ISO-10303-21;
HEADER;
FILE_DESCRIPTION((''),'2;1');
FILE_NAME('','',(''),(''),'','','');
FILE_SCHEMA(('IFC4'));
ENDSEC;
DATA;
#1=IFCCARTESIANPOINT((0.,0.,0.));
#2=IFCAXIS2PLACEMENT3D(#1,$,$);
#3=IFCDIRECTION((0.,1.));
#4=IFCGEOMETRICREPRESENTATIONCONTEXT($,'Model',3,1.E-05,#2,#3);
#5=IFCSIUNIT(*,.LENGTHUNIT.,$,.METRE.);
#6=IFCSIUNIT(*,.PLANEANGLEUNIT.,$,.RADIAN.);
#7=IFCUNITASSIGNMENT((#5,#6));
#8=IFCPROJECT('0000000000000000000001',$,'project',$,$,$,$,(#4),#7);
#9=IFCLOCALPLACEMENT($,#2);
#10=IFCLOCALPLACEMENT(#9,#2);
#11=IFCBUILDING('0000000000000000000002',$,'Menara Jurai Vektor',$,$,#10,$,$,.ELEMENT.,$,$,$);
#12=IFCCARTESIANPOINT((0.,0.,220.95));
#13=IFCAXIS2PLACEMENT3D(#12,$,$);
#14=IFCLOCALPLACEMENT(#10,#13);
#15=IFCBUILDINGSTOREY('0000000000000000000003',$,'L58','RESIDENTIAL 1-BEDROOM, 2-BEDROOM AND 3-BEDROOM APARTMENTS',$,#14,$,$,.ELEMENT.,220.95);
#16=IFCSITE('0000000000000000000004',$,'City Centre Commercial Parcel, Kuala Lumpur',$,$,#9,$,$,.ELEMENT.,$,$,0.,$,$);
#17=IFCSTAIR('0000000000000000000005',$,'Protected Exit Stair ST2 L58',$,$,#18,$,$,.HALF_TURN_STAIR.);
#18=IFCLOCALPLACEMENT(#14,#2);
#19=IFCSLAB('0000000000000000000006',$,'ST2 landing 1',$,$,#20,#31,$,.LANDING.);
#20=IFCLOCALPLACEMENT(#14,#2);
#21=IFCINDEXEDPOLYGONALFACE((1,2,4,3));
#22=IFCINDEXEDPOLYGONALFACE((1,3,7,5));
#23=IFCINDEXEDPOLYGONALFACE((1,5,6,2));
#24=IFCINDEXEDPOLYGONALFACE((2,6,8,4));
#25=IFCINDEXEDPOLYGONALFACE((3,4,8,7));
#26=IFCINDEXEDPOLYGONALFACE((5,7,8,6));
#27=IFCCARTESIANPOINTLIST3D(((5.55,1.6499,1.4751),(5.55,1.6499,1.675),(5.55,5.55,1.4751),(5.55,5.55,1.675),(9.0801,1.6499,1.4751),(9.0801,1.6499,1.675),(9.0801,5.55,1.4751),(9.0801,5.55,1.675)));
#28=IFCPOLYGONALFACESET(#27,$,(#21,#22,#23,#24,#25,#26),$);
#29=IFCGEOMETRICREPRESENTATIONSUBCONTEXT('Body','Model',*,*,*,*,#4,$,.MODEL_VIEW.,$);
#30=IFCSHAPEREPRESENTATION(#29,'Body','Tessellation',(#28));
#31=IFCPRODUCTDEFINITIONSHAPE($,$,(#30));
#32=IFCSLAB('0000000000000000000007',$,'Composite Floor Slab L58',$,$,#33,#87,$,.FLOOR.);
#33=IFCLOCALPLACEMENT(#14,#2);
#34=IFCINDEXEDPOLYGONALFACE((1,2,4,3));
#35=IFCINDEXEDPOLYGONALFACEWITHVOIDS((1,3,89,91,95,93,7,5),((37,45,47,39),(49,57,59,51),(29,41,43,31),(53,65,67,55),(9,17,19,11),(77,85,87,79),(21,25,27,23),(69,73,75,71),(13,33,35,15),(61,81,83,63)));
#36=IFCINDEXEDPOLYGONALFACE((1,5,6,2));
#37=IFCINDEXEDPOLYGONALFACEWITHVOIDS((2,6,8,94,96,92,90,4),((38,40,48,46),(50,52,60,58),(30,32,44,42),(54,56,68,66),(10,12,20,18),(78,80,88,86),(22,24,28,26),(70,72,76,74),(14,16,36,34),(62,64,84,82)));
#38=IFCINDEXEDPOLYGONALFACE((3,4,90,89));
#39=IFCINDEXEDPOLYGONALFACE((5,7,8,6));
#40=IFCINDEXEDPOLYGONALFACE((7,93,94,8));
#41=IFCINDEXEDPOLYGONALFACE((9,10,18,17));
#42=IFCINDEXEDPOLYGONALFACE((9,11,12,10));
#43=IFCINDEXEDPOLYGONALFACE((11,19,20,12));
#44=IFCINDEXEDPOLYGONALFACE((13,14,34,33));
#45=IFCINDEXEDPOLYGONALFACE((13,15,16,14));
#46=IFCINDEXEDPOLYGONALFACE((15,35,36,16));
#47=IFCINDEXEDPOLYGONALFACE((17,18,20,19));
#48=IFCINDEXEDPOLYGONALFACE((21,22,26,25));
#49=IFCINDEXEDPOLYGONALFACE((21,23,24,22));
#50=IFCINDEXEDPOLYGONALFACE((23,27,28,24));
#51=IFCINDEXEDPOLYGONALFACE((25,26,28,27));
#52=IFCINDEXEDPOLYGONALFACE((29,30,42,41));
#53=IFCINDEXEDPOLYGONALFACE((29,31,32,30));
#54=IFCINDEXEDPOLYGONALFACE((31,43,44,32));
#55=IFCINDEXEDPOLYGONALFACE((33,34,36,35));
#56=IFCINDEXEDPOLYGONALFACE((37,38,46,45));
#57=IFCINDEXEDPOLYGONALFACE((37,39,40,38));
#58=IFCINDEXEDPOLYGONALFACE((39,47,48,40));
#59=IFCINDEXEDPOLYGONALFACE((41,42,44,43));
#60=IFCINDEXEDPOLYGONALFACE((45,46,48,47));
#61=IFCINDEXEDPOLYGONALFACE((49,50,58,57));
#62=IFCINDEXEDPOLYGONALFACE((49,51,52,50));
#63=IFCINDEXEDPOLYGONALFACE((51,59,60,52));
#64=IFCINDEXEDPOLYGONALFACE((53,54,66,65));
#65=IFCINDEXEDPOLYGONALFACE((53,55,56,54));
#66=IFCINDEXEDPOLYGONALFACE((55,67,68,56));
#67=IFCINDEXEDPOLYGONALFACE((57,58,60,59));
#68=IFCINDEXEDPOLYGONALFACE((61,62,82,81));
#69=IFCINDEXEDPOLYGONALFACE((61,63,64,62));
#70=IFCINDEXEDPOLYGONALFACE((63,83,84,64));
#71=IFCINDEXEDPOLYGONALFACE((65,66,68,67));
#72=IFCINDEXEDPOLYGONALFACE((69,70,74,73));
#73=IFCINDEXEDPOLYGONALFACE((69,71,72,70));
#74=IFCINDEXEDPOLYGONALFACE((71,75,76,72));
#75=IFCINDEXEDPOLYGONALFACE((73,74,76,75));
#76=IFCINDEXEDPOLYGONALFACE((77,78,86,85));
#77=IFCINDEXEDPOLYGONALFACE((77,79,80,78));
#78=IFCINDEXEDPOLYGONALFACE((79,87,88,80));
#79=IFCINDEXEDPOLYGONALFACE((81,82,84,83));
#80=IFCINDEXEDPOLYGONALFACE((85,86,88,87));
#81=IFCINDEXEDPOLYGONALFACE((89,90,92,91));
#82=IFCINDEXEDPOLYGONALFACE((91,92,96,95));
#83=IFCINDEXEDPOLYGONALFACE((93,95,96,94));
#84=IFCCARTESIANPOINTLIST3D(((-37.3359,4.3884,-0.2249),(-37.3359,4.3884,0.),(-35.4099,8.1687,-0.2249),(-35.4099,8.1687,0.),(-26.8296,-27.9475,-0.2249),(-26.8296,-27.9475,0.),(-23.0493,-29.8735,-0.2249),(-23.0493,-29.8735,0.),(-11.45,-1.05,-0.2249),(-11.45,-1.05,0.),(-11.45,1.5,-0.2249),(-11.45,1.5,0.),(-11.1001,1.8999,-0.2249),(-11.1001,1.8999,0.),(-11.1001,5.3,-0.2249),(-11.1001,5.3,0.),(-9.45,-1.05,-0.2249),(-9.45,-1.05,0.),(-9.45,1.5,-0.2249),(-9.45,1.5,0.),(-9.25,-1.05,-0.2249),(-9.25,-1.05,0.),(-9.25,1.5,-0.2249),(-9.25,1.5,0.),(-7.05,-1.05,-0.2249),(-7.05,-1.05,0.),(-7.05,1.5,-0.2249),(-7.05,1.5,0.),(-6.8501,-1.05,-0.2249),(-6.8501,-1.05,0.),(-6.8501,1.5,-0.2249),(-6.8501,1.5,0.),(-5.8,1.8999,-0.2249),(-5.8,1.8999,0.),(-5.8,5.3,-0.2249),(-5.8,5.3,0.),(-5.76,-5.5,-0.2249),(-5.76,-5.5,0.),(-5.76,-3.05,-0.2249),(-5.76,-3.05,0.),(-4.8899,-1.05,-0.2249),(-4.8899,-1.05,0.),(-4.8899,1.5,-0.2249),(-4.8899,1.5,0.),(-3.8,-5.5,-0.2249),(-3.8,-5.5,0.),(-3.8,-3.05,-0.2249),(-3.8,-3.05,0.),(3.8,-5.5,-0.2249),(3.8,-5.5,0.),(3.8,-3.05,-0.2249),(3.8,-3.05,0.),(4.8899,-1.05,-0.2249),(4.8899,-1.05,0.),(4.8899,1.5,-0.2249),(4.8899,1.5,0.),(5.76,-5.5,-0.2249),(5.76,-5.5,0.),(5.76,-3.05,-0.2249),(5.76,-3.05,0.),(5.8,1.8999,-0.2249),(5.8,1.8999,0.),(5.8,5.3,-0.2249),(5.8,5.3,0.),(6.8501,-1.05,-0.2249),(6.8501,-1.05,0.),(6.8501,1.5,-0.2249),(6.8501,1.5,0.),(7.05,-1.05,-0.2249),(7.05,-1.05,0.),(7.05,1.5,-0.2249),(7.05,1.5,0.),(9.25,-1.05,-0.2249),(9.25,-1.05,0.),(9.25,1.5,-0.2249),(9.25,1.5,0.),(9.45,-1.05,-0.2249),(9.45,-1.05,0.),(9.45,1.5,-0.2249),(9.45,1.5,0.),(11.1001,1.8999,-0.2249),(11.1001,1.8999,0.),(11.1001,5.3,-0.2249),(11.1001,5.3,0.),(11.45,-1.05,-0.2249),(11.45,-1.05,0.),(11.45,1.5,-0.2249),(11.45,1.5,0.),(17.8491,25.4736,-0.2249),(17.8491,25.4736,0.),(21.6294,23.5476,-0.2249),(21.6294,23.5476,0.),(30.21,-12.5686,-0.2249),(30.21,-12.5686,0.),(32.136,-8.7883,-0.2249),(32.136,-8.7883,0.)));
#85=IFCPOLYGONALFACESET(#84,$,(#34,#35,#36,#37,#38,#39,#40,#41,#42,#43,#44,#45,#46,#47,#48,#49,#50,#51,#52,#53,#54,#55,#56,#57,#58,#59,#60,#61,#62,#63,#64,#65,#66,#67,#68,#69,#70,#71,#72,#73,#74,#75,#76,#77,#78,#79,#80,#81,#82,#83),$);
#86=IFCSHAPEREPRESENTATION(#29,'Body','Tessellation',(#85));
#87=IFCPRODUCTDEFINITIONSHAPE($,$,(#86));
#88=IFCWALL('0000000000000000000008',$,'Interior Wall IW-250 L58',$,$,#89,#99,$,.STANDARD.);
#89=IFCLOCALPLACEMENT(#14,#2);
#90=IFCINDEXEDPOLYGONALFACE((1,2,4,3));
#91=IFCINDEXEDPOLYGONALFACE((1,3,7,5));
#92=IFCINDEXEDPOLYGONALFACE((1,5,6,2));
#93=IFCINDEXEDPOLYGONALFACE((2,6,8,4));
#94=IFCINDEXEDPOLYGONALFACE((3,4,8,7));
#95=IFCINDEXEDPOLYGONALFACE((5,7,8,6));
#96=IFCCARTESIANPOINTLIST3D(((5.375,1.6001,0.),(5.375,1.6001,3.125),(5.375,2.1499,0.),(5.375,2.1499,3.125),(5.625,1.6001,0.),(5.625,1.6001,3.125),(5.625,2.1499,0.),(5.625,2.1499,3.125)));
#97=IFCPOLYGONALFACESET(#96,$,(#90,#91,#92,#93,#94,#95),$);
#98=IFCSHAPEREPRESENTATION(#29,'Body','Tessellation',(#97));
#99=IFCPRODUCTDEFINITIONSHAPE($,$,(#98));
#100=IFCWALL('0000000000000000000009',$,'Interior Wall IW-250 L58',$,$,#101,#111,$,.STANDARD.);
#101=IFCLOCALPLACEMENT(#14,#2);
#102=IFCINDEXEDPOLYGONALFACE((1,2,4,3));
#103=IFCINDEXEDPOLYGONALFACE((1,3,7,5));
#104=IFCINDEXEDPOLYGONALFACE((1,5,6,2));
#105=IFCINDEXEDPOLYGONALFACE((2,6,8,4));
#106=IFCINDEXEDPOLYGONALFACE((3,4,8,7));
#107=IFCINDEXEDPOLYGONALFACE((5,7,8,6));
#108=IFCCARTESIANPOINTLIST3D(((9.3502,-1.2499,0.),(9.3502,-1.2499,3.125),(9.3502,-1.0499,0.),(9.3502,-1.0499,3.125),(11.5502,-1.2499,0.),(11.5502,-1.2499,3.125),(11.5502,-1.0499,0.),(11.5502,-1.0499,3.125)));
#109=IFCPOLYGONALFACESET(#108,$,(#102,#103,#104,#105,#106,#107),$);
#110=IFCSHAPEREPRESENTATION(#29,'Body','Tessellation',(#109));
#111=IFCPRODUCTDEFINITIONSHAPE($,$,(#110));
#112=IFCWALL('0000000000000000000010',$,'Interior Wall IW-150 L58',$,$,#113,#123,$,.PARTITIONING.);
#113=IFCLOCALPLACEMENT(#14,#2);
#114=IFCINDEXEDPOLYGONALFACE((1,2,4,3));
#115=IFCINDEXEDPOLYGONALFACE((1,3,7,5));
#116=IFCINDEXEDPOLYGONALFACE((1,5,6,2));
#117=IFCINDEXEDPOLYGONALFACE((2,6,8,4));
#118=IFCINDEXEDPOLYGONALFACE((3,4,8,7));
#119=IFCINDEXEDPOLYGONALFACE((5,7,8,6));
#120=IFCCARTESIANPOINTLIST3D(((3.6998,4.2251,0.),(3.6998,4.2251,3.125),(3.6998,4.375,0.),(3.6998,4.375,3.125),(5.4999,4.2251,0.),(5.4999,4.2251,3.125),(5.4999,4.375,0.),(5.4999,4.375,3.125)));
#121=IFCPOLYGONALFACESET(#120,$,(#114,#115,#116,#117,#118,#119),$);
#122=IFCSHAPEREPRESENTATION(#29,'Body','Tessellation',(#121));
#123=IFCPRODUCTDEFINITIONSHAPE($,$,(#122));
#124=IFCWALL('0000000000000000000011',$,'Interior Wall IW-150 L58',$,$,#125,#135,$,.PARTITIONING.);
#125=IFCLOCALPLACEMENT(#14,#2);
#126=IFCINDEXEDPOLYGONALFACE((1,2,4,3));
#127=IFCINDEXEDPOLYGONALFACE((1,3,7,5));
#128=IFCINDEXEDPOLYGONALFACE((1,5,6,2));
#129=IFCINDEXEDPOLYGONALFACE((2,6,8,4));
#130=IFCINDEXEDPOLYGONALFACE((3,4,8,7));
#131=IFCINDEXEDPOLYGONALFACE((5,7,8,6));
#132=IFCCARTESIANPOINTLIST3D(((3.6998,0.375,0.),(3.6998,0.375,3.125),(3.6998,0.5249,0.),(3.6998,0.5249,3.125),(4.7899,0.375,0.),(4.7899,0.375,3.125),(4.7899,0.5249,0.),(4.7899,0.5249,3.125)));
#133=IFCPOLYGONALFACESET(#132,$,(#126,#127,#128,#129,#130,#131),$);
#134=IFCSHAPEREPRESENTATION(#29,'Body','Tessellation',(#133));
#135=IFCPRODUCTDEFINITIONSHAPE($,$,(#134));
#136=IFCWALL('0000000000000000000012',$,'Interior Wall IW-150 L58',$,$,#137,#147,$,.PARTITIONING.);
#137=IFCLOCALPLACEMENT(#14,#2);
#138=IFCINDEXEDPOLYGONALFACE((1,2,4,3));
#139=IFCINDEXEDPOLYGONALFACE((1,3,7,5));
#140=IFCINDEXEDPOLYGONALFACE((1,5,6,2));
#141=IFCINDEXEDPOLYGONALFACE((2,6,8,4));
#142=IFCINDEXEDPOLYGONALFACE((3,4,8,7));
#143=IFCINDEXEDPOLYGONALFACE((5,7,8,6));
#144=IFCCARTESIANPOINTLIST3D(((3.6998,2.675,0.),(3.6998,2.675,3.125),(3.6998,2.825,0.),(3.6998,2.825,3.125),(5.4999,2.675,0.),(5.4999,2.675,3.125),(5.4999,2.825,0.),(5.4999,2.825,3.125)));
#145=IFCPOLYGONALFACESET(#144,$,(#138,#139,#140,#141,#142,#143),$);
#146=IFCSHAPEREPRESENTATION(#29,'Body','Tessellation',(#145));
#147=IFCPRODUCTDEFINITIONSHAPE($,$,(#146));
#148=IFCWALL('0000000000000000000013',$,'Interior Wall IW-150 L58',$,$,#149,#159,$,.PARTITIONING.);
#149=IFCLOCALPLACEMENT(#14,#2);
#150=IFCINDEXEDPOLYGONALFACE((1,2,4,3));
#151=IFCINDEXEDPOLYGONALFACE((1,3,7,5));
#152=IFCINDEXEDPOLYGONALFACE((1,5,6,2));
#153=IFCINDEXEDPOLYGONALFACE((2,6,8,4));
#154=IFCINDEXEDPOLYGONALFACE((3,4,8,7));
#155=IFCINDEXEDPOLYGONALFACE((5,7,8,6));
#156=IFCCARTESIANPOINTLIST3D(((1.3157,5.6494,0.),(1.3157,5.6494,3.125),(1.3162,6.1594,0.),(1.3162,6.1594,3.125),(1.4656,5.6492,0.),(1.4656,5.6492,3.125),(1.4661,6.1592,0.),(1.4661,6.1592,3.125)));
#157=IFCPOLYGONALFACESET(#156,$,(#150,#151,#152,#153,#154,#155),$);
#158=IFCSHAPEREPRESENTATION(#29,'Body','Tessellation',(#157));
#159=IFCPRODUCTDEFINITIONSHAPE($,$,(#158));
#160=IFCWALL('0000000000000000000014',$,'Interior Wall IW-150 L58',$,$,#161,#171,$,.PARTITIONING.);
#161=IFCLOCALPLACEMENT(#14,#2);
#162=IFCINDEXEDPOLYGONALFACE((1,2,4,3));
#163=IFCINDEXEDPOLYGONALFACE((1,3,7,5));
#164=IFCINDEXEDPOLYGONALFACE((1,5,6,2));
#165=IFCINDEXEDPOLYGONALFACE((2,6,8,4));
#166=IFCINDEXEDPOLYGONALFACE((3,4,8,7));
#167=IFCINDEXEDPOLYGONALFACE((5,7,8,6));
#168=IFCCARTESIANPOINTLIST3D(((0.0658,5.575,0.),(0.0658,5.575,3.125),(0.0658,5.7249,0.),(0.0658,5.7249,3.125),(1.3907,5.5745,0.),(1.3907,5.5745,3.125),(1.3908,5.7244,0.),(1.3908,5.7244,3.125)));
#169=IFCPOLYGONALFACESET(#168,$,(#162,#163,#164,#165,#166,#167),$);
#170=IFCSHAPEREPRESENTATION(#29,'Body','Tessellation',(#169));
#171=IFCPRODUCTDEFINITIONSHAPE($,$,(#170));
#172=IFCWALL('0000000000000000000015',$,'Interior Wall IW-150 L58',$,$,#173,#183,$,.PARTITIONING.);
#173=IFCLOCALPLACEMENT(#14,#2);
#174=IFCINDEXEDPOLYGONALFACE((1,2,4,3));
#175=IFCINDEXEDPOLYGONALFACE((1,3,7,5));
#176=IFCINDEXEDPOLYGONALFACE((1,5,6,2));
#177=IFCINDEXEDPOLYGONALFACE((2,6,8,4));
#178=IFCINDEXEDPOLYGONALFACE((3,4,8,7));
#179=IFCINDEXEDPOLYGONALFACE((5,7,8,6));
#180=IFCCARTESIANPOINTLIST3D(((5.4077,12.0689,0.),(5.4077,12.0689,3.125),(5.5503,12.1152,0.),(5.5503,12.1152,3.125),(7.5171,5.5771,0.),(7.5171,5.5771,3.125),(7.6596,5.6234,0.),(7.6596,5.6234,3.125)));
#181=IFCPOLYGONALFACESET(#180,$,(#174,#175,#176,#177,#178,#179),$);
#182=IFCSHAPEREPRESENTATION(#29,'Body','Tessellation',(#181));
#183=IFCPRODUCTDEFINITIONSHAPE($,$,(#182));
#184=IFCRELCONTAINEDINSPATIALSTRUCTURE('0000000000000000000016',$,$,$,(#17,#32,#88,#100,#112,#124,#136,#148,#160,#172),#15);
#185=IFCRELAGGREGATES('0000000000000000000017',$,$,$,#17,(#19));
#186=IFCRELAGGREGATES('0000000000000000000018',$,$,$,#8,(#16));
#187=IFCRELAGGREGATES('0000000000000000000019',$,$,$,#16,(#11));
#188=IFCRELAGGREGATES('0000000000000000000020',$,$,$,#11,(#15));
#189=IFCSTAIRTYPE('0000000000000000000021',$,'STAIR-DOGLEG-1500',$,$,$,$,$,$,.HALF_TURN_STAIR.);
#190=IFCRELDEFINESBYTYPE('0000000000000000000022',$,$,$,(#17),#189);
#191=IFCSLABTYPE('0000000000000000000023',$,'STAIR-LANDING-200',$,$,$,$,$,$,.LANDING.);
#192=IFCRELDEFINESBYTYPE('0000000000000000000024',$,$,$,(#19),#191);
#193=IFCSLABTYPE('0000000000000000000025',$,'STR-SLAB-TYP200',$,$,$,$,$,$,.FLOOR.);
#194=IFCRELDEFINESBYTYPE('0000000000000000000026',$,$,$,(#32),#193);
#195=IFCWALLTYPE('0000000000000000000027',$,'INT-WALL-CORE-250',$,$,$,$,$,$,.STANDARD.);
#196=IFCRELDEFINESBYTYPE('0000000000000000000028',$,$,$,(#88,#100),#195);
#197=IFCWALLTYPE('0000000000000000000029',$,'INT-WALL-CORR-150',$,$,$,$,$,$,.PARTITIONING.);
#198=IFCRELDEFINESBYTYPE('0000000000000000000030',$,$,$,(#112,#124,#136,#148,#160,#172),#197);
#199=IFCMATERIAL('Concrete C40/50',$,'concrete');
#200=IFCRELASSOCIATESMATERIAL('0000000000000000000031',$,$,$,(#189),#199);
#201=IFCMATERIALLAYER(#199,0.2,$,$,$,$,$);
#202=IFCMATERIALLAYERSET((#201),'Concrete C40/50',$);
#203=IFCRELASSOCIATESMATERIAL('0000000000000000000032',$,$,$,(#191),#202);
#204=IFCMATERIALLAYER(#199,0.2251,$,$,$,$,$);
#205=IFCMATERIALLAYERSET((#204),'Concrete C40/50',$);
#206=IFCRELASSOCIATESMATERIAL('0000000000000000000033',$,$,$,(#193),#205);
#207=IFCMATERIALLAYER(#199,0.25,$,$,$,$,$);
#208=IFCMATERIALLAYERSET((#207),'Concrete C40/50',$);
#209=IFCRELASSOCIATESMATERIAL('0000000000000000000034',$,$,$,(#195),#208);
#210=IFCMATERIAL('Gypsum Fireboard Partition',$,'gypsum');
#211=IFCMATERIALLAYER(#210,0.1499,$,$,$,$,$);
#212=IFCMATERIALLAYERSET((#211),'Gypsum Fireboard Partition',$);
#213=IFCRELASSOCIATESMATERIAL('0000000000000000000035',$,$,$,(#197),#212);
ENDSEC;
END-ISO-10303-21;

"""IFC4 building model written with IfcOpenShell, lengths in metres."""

from ifc_helpers import new_model, si_unit, direction, frame, frame_2d, origin, place, context, subcontext, project, spatial, polyline, rectangle, outline, extrude, material, layer, layer_set, type_object, element, aggregate, save


model = new_model("IFC4")

# Units and contexts
model_context = context("Model", 3, precision=1e-05, world=origin(), true_north=direction((0.0, 1.0)))
body_context = subcontext(model_context, "Body", "Model", "MODEL_VIEW")
ifc_project = project(units=[si_unit("LENGTHUNIT", "METRE"), si_unit("PLANEANGLEUNIT", "RADIAN")], contexts=[model_context])

# Site, building, storey
site_placement = place(None, origin())
site = spatial("IfcSite", under=ifc_project, at=site_placement, Name="City Centre Commercial Parcel, Kuala Lumpur", CompositionType="ELEMENT", RefElevation=0.0)
building_placement = place(site_placement, origin())
building = spatial("IfcBuilding", under=site, at=building_placement, Name="Menara Jurai Vektor", CompositionType="ELEMENT")
storey_placement = place(building_placement, frame((0.0, 0.0, 220.95)))
storey = spatial("IfcBuildingStorey", under=building, at=storey_placement, Name="L58", Description="RESIDENTIAL 1-BEDROOM, 2-BEDROOM AND 3-BEDROOM APARTMENTS", CompositionType="ELEMENT", Elevation=220.95)

# Stair, slab
ifc_material_1 = material(Name="Concrete C40/50", Category="concrete")
stair_type = type_object("IfcStairType", Name="STAIR-DOGLEG-1500", PredefinedType="HALF_TURN_STAIR", material=ifc_material_1)
ifc_layer_1 = layer(ifc_material_1, 0.2)
ifc_layer_set_1 = layer_set([ifc_layer_1], Name="Concrete C40/50")
slab_type_1 = type_object("IfcSlabType", Name="STAIR-LANDING-200", PredefinedType="LANDING", material=ifc_layer_set_1)
stair_1_placement = place(storey_placement, origin())
stair_1 = element("IfcStair", 1, at=stair_1_placement, inside=storey, type_object=stair_type, Name="Protected Exit Stair ST2 L58", PredefinedType="HALF_TURN_STAIR")
slab_1_placement = place(storey_placement, frame((0.0, 0.0, 1.4751)))
slab_1 = element("IfcSlab", 2, at=slab_1_placement, type_object=slab_type_1, Name="ST2 landing 1", PredefinedType="LANDING", context=body_context, shape_type="SweptSolid", body=[
    extrude(outline(polyline([(5.55, 1.6499), (9.0801, 1.6499), (9.0801, 5.55), (5.55, 5.55), (5.55, 1.6499)])), origin(), (0.0, 0.0, 1.0), 0.2),
])

# Slab
ifc_layer_2 = layer(ifc_material_1, 0.2251)
ifc_layer_set_2 = layer_set([ifc_layer_2], Name="Concrete C40/50")
slab_type_2 = type_object("IfcSlabType", Name="STR-SLAB-TYP200", PredefinedType="FLOOR", material=ifc_layer_set_2)
slab_2_placement = place(storey_placement, frame((0.0, 0.0, -0.2249)))
element("IfcSlab", 3, at=slab_2_placement, inside=storey, type_object=slab_type_2, Name="Composite Floor Slab L58", PredefinedType="FLOOR", context=body_context, shape_type="SweptSolid", body=[
    extrude(outline(polyline([(-23.0493, -29.8735), (30.21, -12.5686), (32.136, -8.7883), (21.6294, 23.5476), (17.8491, 25.4736), (-35.4099, 8.1687), (-37.3359, 4.3884), (-26.8296, -27.9475), (-23.0493, -29.8735)]), holes=[polyline([(-11.1001, 1.8999), (-11.1001, 5.3), (-5.8, 5.3), (-5.8, 1.8999), (-11.1001, 1.8999)]), polyline([(5.8, 1.8999), (5.8, 5.3), (11.1001, 5.3), (11.1001, 1.8999), (5.8, 1.8999)]), polyline([(-11.45, -1.05), (-11.45, 1.5), (-9.45, 1.5), (-9.45, -1.05), (-11.45, -1.05)]), polyline([(9.45, -1.05), (9.45, 1.5), (11.45, 1.5), (11.45, -1.05), (9.45, -1.05)]), polyline([(-5.76, -5.5), (-5.76, -3.05), (-3.8, -3.05), (-3.8, -5.5), (-5.76, -5.5)]), polyline([(-6.8501, -1.05), (-6.8501, 1.5), (-4.8899, 1.5), (-4.8899, -1.05), (-6.8501, -1.05)]), polyline([(3.8, -5.5), (3.8, -3.05), (5.76, -3.05), (5.76, -5.5), (3.8, -5.5)]), polyline([(4.8899, -1.05), (4.8899, 1.5), (6.8501, 1.5), (6.8501, -1.05), (4.8899, -1.05)]), polyline([(-9.25, -1.05), (-9.25, 1.5), (-7.05, 1.5), (-7.05, -1.05), (-9.25, -1.05)]), polyline([(7.05, -1.05), (7.05, 1.5), (9.25, 1.5), (9.25, -1.05), (7.05, -1.05)])]), origin(), (0.0, 0.0, 1.0), 0.2249),
])

# Shared definitions
ifc_layer_3 = layer(ifc_material_1, 0.25)
ifc_layer_set_3 = layer_set([ifc_layer_3], Name="Concrete C40/50")
wall_type_1 = type_object("IfcWallType", Name="INT-WALL-CORE-250", PredefinedType="STANDARD", material=ifc_layer_set_3)

# Wall
wall_1_placement = place(storey_placement, frame((5.5, 1.6001, 0.0), z_axis=(0.0, 0.0, 1.0), x_axis=(0.0, 1.0, 0.0)))
element("IfcWall", 4, at=wall_1_placement, inside=storey, type_object=wall_type_1, Name="Interior Wall IW-250 L58", PredefinedType="STANDARD", context=body_context, shape_type="SweptSolid", body=[
    extrude(rectangle(XDim=0.5498, YDim=0.25, at=frame_2d((0.2749, 0.0))), origin(), (0.0, 0.0, 1.0), 3.125),
])

# Walls
wall_2_placement = place(storey_placement, frame((9.3501, -1.1499, 0.0), z_axis=(0.0, 0.0, 1.0), x_axis=(1.0, 0.0, 0.0)))
element("IfcWall", 5, at=wall_2_placement, inside=storey, type_object=wall_type_1, Name="Interior Wall IW-250 L58", PredefinedType="STANDARD", context=body_context, shape_type="SweptSolid", body=[
    extrude(rectangle(XDim=2.2, YDim=0.2, at=frame_2d((1.1001, 0.0))), origin(), (0.0, 0.0, 1.0), 3.125),
])
ifc_material_2 = material(Name="Gypsum Fireboard Partition", Category="gypsum")
ifc_layer_4 = layer(ifc_material_2, 0.1499)
ifc_layer_set_4 = layer_set([ifc_layer_4], Name="Gypsum Fireboard Partition")
wall_type_2 = type_object("IfcWallType", Name="INT-WALL-CORR-150", PredefinedType="PARTITIONING", material=ifc_layer_set_4)
wall_3_placement = place(storey_placement, frame((3.7, 4.3, 0.0), z_axis=(0.0, 0.0, 1.0), x_axis=(1.0, 0.0, 0.0)))
element("IfcWall", 6, at=wall_3_placement, inside=storey, type_object=wall_type_2, Name="Interior Wall IW-150 L58", PredefinedType="PARTITIONING", context=body_context, shape_type="SweptSolid", body=[
    extrude(rectangle(XDim=1.8, YDim=0.1499, at=frame_2d((0.8999, 0.0))), origin(), (0.0, 0.0, 1.0), 3.125),
])
wall_4_placement = place(storey_placement, frame((3.7, 0.45, 0.0), z_axis=(0.0, 0.0, 1.0), x_axis=(1.0, 0.0, 0.0)))
element("IfcWall", 7, at=wall_4_placement, inside=storey, type_object=wall_type_2, Name="Interior Wall IW-150 L58", PredefinedType="PARTITIONING", context=body_context, shape_type="SweptSolid", body=[
    extrude(rectangle(XDim=1.0901, YDim=0.1499, at=frame_2d((0.5449, 0.0))), origin(), (0.0, 0.0, 1.0), 3.125),
])
wall_5_placement = place(storey_placement, frame((3.7, 2.75, 0.0), z_axis=(0.0, 0.0, 1.0), x_axis=(1.0, 0.0, 0.0)))
element("IfcWall", 8, at=wall_5_placement, inside=storey, type_object=wall_type_2, Name="Interior Wall IW-150 L58", PredefinedType="PARTITIONING", context=body_context, shape_type="SweptSolid", body=[
    extrude(rectangle(XDim=1.8, YDim=0.1499, at=frame_2d((0.8999, 0.0))), origin(), (0.0, 0.0, 1.0), 3.125),
])
wall_6_placement = place(storey_placement, frame((1.3906, 5.6494, 0.0), z_axis=(0.0, 0.0, 1.0), x_axis=(0.000957, 1.0, 0.0)))
element("IfcWall", 9, at=wall_6_placement, inside=storey, type_object=wall_type_2, Name="Interior Wall IW-150 L58", PredefinedType="PARTITIONING", context=body_context, shape_type="SweptSolid", body=[
    extrude(rectangle(XDim=0.51, YDim=0.1499, at=frame_2d((0.2549, 0.0))), origin(), (0.0, 0.0, 1.0), 3.125),
])
wall_7_placement = place(storey_placement, frame((0.0657, 5.6499, 0.0), z_axis=(0.0, 0.0, 1.0), x_axis=(1.0, -0.000369, 0.0)))
element("IfcWall", 10, at=wall_7_placement, inside=storey, type_object=wall_type_2, Name="Interior Wall IW-150 L58", PredefinedType="PARTITIONING", context=body_context, shape_type="SweptSolid", body=[
    extrude(rectangle(XDim=1.325, YDim=0.1499, at=frame_2d((0.6626, 0.0))), origin(), (0.0, 0.0, 1.0), 3.125),
])
wall_8_placement = place(storey_placement, frame((7.5884, 5.6001, 0.0), z_axis=(0.0, 0.0, 1.0), x_axis=(-0.309019, 0.951056, 0.0)))
element("IfcWall", 11, at=wall_8_placement, inside=storey, type_object=wall_type_2, Name="Interior Wall IW-150 L58", PredefinedType="PARTITIONING", context=body_context, shape_type="SweptSolid", body=[
    extrude(rectangle(XDim=6.8259, YDim=0.1499, at=frame_2d((3.4131, 0.0))), origin(), (0.0, 0.0, 1.0), 3.125),
])

aggregate(stair_1, [slab_1])

save(model, "model.ifc")
